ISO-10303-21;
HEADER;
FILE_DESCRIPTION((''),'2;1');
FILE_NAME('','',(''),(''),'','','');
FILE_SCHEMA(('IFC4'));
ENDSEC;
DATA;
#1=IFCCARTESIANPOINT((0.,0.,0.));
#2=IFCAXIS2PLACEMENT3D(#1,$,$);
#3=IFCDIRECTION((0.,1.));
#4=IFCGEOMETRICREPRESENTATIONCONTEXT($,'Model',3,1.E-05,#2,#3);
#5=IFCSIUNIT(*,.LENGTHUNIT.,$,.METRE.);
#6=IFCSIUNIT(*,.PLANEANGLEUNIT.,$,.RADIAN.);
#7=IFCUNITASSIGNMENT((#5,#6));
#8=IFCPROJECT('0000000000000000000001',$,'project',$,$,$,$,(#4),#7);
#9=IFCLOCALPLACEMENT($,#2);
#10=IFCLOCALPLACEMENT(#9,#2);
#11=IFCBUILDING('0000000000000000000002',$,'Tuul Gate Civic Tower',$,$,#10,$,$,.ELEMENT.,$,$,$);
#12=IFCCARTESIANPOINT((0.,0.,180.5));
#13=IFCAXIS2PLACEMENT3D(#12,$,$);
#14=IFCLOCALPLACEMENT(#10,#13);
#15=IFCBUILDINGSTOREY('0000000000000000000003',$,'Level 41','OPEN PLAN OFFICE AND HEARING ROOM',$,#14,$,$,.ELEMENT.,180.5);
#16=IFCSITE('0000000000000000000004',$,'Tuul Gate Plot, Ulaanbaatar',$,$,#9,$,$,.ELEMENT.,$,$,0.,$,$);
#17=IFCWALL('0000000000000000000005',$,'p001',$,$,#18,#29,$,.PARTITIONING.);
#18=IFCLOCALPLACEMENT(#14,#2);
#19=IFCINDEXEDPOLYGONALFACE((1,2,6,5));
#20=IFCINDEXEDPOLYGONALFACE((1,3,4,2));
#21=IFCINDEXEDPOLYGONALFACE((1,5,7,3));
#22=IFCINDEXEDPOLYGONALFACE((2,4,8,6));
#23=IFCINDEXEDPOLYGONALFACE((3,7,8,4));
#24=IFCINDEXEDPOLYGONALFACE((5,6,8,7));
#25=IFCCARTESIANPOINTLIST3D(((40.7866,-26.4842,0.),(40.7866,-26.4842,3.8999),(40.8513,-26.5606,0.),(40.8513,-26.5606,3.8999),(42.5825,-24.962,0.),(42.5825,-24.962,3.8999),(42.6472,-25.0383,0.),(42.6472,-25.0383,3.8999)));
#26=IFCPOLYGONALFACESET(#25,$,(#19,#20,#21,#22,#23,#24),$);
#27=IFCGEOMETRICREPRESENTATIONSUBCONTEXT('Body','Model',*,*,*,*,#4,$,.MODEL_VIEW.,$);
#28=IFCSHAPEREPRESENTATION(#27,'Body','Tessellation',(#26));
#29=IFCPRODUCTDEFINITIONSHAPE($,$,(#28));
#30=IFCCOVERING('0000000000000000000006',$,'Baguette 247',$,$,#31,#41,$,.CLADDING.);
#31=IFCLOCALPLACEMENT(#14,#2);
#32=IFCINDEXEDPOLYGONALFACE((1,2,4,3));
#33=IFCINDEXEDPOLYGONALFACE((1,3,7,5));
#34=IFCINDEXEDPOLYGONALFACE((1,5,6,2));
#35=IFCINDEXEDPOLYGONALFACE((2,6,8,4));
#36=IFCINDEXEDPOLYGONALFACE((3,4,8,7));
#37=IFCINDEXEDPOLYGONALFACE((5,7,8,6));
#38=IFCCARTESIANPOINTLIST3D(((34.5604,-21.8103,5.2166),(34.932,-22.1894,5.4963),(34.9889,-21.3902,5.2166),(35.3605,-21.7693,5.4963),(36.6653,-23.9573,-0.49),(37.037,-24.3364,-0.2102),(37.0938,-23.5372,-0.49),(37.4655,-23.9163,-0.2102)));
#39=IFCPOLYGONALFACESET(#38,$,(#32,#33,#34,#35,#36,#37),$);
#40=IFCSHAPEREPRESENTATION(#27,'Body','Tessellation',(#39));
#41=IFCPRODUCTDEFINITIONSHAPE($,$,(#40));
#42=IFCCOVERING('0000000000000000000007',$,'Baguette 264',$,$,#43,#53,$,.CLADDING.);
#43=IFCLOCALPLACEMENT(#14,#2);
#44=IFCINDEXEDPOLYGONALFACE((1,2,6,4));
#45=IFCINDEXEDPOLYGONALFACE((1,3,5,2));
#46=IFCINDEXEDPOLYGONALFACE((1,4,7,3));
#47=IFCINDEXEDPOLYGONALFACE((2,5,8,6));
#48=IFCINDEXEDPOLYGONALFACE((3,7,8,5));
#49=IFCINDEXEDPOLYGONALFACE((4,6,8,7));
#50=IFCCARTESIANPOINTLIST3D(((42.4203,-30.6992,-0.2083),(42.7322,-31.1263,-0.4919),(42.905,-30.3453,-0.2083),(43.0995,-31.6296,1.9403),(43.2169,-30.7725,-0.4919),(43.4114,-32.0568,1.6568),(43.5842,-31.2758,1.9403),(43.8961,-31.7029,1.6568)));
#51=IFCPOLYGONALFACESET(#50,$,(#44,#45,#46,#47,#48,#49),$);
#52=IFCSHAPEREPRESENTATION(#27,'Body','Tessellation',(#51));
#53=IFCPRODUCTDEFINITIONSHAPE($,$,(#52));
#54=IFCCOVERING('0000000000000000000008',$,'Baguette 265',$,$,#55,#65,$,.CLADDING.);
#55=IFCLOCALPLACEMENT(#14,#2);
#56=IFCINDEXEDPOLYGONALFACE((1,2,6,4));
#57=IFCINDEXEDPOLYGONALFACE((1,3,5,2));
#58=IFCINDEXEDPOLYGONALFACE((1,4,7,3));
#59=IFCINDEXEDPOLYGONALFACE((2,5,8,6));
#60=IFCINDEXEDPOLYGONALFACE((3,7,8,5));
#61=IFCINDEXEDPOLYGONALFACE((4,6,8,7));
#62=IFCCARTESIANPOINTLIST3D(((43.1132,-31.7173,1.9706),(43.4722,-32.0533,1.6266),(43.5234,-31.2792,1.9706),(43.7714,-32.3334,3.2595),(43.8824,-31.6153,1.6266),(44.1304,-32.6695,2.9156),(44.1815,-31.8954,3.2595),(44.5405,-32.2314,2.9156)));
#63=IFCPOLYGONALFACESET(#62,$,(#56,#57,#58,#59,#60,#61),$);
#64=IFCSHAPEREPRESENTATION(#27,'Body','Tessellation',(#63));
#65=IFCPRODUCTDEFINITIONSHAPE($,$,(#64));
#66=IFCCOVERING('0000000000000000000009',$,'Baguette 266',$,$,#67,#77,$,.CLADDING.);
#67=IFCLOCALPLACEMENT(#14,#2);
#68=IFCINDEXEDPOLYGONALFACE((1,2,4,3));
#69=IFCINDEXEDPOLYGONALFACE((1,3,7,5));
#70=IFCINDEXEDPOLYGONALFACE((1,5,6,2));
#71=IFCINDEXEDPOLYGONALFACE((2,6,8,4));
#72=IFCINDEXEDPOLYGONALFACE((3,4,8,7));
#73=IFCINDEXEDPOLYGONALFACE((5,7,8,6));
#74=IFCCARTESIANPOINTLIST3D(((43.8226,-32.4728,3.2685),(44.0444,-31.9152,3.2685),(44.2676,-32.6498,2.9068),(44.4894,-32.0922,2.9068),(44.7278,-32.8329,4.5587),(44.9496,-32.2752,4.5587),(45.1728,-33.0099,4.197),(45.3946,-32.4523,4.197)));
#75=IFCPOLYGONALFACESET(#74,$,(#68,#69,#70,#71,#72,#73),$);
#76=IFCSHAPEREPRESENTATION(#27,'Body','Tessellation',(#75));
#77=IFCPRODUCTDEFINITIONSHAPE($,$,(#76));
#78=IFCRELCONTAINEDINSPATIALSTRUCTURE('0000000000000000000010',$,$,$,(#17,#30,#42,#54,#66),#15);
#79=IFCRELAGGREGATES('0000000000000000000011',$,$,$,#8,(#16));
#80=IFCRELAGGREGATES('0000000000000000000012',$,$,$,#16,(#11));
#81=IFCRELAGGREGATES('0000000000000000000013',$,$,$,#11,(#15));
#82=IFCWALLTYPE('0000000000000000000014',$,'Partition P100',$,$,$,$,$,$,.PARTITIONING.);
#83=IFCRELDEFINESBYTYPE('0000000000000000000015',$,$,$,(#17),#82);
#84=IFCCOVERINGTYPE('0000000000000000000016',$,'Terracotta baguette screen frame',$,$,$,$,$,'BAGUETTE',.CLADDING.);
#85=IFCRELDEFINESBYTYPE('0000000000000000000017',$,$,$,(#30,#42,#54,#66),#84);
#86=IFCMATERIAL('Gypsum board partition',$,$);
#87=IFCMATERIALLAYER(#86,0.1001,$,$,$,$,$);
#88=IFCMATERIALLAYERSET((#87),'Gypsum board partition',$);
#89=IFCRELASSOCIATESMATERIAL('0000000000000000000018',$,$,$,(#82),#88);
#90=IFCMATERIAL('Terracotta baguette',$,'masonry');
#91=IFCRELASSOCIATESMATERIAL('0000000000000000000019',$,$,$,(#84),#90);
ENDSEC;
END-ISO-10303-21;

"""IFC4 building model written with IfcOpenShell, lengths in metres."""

from ifc_helpers import new_model, si_unit, direction, frame, frame_2d, origin, origin_2d, place, context, subcontext, project, spatial, rectangle, extrude, material, layer, layer_set, material_profile, profile_set, type_object, element, save


model = new_model("IFC4")

# Units and contexts
model_context = context("Model", 3, precision=1e-05, world=origin(), true_north=direction((0.0, 1.0)))
body_context = subcontext(model_context, "Body", "Model", "MODEL_VIEW")
ifc_project = project(units=[si_unit("LENGTHUNIT", "METRE"), si_unit("PLANEANGLEUNIT", "RADIAN")], contexts=[model_context])

# Site, building, storey
site_placement = place(None, origin())
site = spatial("IfcSite", under=ifc_project, at=site_placement, Name="Tuul Gate Plot, Ulaanbaatar", CompositionType="ELEMENT", RefElevation=0.0)
building_placement = place(site_placement, origin())
building = spatial("IfcBuilding", under=site, at=building_placement, Name="Tuul Gate Civic Tower", CompositionType="ELEMENT")
storey_placement = place(building_placement, frame((0.0, 0.0, 180.5)))
storey = spatial("IfcBuildingStorey", under=building, at=storey_placement, Name="Level 41", Description="OPEN PLAN OFFICE AND HEARING ROOM", CompositionType="ELEMENT", Elevation=180.5)

# Wall
ifc_material_1 = material(Name="Gypsum board partition")
ifc_layer_1 = layer(ifc_material_1, 0.1001)
ifc_layer_set_1 = layer_set([ifc_layer_1], Name="Gypsum board partition")
wall_type_1 = type_object("IfcWallType", Name="Partition P100", PredefinedType="PARTITIONING", material=ifc_layer_set_1)
wall_1_placement = place(storey_placement, frame((40.8188, -26.5225, 0.0), z_axis=(0.0, 0.0, 1.0), x_axis=(0.762839, 0.646588, 0.0)))
element("IfcWall", 1, at=wall_1_placement, inside=storey, type_object=wall_type_1, Name="p001", PredefinedType="PARTITIONING", context=body_context, shape_type="SweptSolid", body=[
    extrude(rectangle(XDim=2.3542, YDim=0.1001, at=frame_2d((1.1772, 0.0))), origin(), (0.0, 0.0, 1.0), 3.8999),
])

# Coverings
ifc_material_2 = material(Name="Terracotta baguette", Category="masonry")
ifc_material_profile_1 = material_profile(ifc_material_2, rectangle(XDim=0.6001, YDim=0.6001, at=origin_2d()), Name="Terracotta baguette screen frame")
ifc_profile_set_1 = profile_set([ifc_material_profile_1], Name="Terracotta baguette")
covering_type = type_object("IfcCoveringType", Name="Terracotta baguette screen frame", ElementType="BAGUETTE", PredefinedType="CLADDING", material=ifc_profile_set_1)
covering_1_placement = place(storey_placement, frame((34.9604, -21.7898, 5.3564), z_axis=(0.326343, -0.332854, -0.884708), x_axis=(0.714055, 0.700089, 0.0)))
element("IfcCovering", 2, at=covering_1_placement, inside=storey, type_object=covering_type, Name="Baguette 247", PredefinedType="CLADDING", context=body_context, shape_type="SweptSolid", body=[
    extrude(rectangle(XDim=0.6001, YDim=0.6001, at=origin_2d()), origin(), (0.0, 0.0, 1.0), 6.4502),
])
covering_2_placement = place(storey_placement, frame((42.8186, -30.7358, -0.3501), z_axis=(0.278589, -0.381633, 0.881331), x_axis=(0.80769, 0.589607, 0.0)))
element("IfcCovering", 3, at=covering_2_placement, inside=storey, type_object=covering_type, Name="Baguette 264", PredefinedType="CLADDING", context=body_context, shape_type="SweptSolid", body=[
    extrude(rectangle(XDim=0.6001, YDim=0.6001, at=origin_2d()), origin(), (0.0, 0.0, 1.0), 2.438),
])
covering_3_placement = place(storey_placement, frame((43.4978, -31.6663, 1.7986), z_axis=(0.418413, -0.391719, 0.819443), x_axis=(0.683437, 0.73001, 0.0)))
element("IfcCovering", 4, at=covering_3_placement, inside=storey, type_object=covering_type, Name="Baguette 265", PredefinedType="CLADDING", context=body_context, shape_type="SweptSolid", body=[
    extrude(rectangle(XDim=0.6001, YDim=0.6001, at=origin_2d()), origin(), (0.0, 0.0, 1.0), 1.573),
])
covering_4_placement = place(storey_placement, frame((44.156, -32.2825, 3.0876), z_axis=(0.559918, -0.222729, 0.79805), x_axis=(0.369619, 0.929184, 0.0)))
element("IfcCovering", 5, at=covering_4_placement, inside=storey, type_object=covering_type, Name="Baguette 266", PredefinedType="CLADDING", context=body_context, shape_type="SweptSolid", body=[
    extrude(rectangle(XDim=0.6001, YDim=0.6001, at=origin_2d()), origin(), (0.0, 0.0, 1.0), 1.6167),
])

save(model, "model.ifc")
